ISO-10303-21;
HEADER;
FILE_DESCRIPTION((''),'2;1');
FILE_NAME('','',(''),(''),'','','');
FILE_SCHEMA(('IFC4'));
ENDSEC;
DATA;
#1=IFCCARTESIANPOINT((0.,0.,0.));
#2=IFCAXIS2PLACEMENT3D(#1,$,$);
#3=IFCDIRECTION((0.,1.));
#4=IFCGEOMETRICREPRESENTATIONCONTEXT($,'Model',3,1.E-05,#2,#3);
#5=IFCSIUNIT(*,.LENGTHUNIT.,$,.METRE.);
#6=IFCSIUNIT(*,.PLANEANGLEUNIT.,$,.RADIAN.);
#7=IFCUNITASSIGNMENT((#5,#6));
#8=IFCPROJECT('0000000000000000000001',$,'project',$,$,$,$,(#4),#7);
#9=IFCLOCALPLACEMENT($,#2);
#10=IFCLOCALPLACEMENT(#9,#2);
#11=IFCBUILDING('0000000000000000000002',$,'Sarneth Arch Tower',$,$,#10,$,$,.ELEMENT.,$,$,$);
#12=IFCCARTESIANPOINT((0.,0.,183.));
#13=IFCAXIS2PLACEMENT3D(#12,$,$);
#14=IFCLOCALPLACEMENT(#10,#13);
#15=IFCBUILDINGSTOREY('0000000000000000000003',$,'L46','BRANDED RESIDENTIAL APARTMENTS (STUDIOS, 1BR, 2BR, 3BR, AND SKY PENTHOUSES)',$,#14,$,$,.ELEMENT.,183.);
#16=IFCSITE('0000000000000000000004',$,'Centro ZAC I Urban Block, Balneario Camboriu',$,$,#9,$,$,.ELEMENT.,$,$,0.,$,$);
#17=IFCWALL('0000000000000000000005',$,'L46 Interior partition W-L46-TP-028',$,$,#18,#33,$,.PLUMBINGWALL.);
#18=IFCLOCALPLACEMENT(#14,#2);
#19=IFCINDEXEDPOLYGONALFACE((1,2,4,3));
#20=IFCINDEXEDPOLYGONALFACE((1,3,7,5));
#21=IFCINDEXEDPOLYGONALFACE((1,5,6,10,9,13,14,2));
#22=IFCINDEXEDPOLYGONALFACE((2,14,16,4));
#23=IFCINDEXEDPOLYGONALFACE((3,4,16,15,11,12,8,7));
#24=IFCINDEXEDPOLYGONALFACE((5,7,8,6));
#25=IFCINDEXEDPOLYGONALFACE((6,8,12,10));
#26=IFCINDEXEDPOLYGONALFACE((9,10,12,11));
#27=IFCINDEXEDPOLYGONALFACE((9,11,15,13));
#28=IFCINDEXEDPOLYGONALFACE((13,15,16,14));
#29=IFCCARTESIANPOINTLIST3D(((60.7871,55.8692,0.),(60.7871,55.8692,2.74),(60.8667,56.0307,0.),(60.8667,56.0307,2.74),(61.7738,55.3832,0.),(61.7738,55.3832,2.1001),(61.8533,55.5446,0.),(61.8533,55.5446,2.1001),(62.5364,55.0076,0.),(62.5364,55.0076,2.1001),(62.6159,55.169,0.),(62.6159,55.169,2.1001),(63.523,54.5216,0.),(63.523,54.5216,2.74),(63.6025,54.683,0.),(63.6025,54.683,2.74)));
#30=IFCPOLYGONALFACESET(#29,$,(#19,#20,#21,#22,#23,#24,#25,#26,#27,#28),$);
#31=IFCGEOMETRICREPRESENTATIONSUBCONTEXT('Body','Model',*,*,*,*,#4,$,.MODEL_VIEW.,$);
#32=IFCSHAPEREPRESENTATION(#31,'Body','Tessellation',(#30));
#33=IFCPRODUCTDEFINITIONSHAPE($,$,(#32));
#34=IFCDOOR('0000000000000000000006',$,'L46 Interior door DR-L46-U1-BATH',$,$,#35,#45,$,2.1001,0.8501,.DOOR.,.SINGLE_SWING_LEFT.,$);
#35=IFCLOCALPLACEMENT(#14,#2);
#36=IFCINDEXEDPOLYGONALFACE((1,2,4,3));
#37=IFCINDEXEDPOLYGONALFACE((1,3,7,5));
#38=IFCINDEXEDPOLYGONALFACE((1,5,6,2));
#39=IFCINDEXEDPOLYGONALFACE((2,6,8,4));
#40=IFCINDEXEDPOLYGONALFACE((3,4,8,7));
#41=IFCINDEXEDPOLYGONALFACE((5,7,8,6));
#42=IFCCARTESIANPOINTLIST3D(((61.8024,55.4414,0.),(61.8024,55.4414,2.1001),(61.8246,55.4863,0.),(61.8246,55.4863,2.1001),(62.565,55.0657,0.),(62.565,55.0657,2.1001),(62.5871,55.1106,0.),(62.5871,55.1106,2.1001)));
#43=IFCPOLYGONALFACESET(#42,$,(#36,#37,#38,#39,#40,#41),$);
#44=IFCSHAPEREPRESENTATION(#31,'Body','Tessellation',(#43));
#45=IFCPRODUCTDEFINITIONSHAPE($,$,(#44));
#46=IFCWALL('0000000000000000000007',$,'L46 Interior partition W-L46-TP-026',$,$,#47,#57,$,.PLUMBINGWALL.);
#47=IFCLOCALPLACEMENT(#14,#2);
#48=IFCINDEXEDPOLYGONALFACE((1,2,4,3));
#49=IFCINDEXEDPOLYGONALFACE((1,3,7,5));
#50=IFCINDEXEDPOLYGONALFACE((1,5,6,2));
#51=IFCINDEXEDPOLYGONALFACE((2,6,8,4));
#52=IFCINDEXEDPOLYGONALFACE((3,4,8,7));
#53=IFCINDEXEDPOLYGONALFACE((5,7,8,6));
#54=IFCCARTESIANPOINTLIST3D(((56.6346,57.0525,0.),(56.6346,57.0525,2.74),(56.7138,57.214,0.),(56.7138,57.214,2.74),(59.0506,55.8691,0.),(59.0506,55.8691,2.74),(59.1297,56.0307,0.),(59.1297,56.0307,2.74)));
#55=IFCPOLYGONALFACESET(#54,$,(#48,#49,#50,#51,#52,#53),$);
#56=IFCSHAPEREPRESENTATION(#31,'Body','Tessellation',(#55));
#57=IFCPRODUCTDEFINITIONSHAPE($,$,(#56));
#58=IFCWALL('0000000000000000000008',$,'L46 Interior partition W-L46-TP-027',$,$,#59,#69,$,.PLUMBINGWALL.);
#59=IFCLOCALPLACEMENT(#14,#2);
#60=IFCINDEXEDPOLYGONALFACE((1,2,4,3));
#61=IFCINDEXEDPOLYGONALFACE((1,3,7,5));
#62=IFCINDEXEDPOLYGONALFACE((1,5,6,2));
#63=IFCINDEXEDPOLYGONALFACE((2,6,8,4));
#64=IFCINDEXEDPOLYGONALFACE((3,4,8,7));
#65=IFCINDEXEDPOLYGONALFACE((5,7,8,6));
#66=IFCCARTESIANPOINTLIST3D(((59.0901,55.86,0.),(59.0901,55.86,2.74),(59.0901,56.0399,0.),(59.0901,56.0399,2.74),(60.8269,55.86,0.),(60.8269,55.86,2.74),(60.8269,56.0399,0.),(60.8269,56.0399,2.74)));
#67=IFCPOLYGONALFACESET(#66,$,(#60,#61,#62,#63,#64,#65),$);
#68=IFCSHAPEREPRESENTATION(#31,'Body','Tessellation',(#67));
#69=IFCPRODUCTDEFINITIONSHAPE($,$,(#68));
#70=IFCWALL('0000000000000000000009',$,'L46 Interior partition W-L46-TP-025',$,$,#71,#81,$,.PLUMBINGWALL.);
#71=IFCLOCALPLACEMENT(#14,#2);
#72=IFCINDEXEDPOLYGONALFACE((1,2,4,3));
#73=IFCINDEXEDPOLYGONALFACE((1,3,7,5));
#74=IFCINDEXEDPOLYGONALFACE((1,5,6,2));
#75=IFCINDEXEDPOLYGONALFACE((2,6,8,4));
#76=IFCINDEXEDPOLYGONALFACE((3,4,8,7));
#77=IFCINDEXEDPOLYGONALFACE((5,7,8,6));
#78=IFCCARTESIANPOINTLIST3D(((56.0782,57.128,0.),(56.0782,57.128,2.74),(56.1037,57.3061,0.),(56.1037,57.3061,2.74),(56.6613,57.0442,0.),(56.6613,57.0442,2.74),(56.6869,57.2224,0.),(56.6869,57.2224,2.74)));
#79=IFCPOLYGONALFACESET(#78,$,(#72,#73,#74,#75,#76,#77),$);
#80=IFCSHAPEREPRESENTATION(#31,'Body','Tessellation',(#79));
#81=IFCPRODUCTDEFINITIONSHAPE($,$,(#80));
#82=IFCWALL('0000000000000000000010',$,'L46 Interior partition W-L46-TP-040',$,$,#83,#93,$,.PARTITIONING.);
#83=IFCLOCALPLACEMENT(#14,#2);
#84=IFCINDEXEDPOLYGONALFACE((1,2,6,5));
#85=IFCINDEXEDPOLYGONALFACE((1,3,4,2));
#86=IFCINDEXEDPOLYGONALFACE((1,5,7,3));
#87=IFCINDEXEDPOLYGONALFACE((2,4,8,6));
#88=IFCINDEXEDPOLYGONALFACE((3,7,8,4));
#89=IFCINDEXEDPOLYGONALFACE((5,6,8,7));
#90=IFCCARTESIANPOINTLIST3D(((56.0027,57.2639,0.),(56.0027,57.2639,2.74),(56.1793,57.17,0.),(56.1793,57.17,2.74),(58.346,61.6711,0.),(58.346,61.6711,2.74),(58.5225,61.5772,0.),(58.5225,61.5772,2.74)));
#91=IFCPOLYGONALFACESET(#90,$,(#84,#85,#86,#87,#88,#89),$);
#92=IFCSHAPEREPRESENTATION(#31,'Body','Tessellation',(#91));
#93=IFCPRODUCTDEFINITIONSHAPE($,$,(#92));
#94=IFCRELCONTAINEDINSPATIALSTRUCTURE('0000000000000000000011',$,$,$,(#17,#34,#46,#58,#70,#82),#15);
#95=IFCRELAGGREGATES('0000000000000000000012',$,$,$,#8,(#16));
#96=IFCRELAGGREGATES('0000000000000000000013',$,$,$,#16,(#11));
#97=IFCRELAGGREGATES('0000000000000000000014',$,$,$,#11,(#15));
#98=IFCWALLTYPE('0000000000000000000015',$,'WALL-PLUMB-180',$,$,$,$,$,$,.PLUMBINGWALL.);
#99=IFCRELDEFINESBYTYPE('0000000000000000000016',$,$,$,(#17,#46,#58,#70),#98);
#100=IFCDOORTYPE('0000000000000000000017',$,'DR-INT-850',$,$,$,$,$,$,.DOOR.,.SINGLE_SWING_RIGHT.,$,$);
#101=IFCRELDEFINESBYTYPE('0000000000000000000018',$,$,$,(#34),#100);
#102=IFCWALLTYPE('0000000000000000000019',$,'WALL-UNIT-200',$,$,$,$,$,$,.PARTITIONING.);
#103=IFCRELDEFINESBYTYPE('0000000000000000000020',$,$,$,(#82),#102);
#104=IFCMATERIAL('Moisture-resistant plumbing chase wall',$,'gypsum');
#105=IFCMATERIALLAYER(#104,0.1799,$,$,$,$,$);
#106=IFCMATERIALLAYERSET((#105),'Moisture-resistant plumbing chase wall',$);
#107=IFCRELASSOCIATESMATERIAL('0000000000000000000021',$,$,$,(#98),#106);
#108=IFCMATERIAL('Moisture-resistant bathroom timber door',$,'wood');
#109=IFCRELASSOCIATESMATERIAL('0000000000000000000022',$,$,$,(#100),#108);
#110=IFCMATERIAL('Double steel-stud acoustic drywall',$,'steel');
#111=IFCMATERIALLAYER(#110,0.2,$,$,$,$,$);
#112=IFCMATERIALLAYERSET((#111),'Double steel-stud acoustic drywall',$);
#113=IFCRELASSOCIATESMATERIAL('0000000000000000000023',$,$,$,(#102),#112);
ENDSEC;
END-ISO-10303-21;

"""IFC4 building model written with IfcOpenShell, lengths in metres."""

from ifc_helpers import new_model, si_unit, direction, frame, frame_2d, origin, place, context, subcontext, project, spatial, rectangle, extrude, material, layer, layer_set, type_object, element, fill, save


model = new_model("IFC4")

# Units and contexts
model_context = context("Model", 3, precision=1e-05, world=origin(), true_north=direction((0.0, 1.0)))
body_context = subcontext(model_context, "Body", "Model", "MODEL_VIEW")
ifc_project = project(units=[si_unit("LENGTHUNIT", "METRE"), si_unit("PLANEANGLEUNIT", "RADIAN")], contexts=[model_context])

# Site, building, storey
site_placement = place(None, origin())
site = spatial("IfcSite", under=ifc_project, at=site_placement, Name="Centro ZAC I Urban Block, Balneario Camboriu", CompositionType="ELEMENT", RefElevation=0.0)
building_placement = place(site_placement, origin())
building = spatial("IfcBuilding", under=site, at=building_placement, Name="Sarneth Arch Tower", CompositionType="ELEMENT")
storey_placement = place(building_placement, frame((0.0, 0.0, 183.0)))
storey = spatial("IfcBuildingStorey", under=building, at=storey_placement, Name="L46", Description="BRANDED RESIDENTIAL APARTMENTS (STUDIOS, 1BR, 2BR, 3BR, AND SKY PENTHOUSES)", CompositionType="ELEMENT", Elevation=183.0)

# Wall, opening, door
ifc_material_1 = material(Name="Moisture-resistant plumbing chase wall", Category="gypsum")
ifc_layer_1 = layer(ifc_material_1, 0.1799)
ifc_layer_set_1 = layer_set([ifc_layer_1], Name="Moisture-resistant plumbing chase wall")
wall_type_1 = type_object("IfcWallType", Name="WALL-PLUMB-180", PredefinedType="PLUMBINGWALL", material=ifc_layer_set_1)
wall_1_placement = place(storey_placement, frame((60.8269, 55.95, 0.0), z_axis=(0.0, 0.0, 1.0), x_axis=(0.897069, -0.44189, 0.0)))
wall_1 = element("IfcWall", 1, at=wall_1_placement, inside=storey, type_object=wall_type_1, Name="L46 Interior partition W-L46-TP-028", PredefinedType="PLUMBINGWALL", context=body_context, shape_type="SweptSolid", body=[
    extrude(rectangle(XDim=3.0498, YDim=0.1799, at=frame_2d((1.5249, 0.0))), origin(), (0.0, 0.0, 1.0), 2.74),
])
opening_1_placement = place(wall_1_placement, frame((1.0999, 0.0, 0.0)))
opening_1 = element("IfcOpeningElement", 2, at=opening_1_placement, cuts=wall_1, PredefinedType="OPENING", context=body_context, shape_type="SweptSolid", body=[
    extrude(rectangle(XDim=0.8501, YDim=2.1001, at=frame_2d((0.425, 1.05))), frame((0.0, 0.0999, 0.0), z_axis=(0.0, -1.0, 0.0), x_axis=(1.0, 0.0, 0.0)), (0.0, 0.0, 1.0), 0.2),
])
ifc_material_2 = material(Name="Moisture-resistant bathroom timber door", Category="wood")
door_type_1 = type_object("IfcDoorType", Name="DR-INT-850", OperationType="SINGLE_SWING_RIGHT", PredefinedType="DOOR", material=ifc_material_2)
door_1_placement = place(opening_1_placement, origin())
door_1 = element("IfcDoor", 3, at=door_1_placement, inside=storey, type_object=door_type_1, Name="L46 Interior door DR-L46-U1-BATH", OperationType="SINGLE_SWING_LEFT", OverallHeight=2.1001, OverallWidth=0.8501, PredefinedType="DOOR", context=body_context, shape_type="SweptSolid", body=[
    extrude(rectangle(XDim=0.8501, YDim=2.1001, at=frame_2d((0.425, 1.05))), frame((0.0, 0.0249, 0.0), z_axis=(0.0, -1.0, 0.0), x_axis=(1.0, 0.0, 0.0)), (0.0, 0.0, 1.0), 0.05),
])
fill(opening_1, door_1)

# Walls
wall_2_placement = place(storey_placement, frame((56.6741, 57.1333, 0.0), z_axis=(0.0, 0.0, 1.0), x_axis=(0.898063, -0.439866, 0.0)))
element("IfcWall", 4, at=wall_2_placement, inside=storey, type_object=wall_type_1, Name="L46 Interior partition W-L46-TP-026", PredefinedType="PLUMBINGWALL", context=body_context, shape_type="SweptSolid", body=[
    extrude(rectangle(XDim=2.6902, YDim=0.1799, at=frame_2d((1.3452, 0.0))), origin(), (0.0, 0.0, 1.0), 2.74),
])
wall_3_placement = place(storey_placement, frame((59.0901, 55.95, 0.0), z_axis=(0.0, 0.0, 1.0), x_axis=(1.0, 0.0, 0.0)))
element("IfcWall", 5, at=wall_3_placement, inside=storey, type_object=wall_type_1, Name="L46 Interior partition W-L46-TP-027", PredefinedType="PLUMBINGWALL", context=body_context, shape_type="SweptSolid", body=[
    extrude(rectangle(XDim=1.7368, YDim=0.1799, at=frame_2d((0.8684, 0.0))), origin(), (0.0, 0.0, 1.0), 2.74),
])
wall_4_placement = place(storey_placement, frame((56.0911, 57.217, 0.0), z_axis=(0.0, 0.0, 1.0), x_axis=(0.989841, -0.142176, 0.0)))
element("IfcWall", 6, at=wall_4_placement, inside=storey, type_object=wall_type_1, Name="L46 Interior partition W-L46-TP-025", PredefinedType="PLUMBINGWALL", context=body_context, shape_type="SweptSolid", body=[
    extrude(rectangle(XDim=0.5891, YDim=0.1799, at=frame_2d((0.2944, 0.0))), origin(), (0.0, 0.0, 1.0), 2.74),
])
ifc_material_3 = material(Name="Double steel-stud acoustic drywall", Category="steel")
ifc_layer_2 = layer(ifc_material_3, 0.2)
ifc_layer_set_2 = layer_set([ifc_layer_2], Name="Double steel-stud acoustic drywall")
wall_type_2 = type_object("IfcWallType", Name="WALL-UNIT-200", PredefinedType="PARTITIONING", material=ifc_layer_set_2)
wall_5_placement = place(storey_placement, frame((56.0911, 57.217, 0.0), z_axis=(0.0, 0.0, 1.0), x_axis=(0.469456, 0.882956, 0.0)))
element("IfcWall", 7, at=wall_5_placement, inside=storey, type_object=wall_type_2, Name="L46 Interior partition W-L46-TP-040", PredefinedType="PARTITIONING", context=body_context, shape_type="SweptSolid", body=[
    extrude(rectangle(XDim=4.9915, YDim=0.2, at=frame_2d((2.4956, 0.0))), origin(), (0.0, 0.0, 1.0), 2.74),
])

save(model, "model.ifc")
